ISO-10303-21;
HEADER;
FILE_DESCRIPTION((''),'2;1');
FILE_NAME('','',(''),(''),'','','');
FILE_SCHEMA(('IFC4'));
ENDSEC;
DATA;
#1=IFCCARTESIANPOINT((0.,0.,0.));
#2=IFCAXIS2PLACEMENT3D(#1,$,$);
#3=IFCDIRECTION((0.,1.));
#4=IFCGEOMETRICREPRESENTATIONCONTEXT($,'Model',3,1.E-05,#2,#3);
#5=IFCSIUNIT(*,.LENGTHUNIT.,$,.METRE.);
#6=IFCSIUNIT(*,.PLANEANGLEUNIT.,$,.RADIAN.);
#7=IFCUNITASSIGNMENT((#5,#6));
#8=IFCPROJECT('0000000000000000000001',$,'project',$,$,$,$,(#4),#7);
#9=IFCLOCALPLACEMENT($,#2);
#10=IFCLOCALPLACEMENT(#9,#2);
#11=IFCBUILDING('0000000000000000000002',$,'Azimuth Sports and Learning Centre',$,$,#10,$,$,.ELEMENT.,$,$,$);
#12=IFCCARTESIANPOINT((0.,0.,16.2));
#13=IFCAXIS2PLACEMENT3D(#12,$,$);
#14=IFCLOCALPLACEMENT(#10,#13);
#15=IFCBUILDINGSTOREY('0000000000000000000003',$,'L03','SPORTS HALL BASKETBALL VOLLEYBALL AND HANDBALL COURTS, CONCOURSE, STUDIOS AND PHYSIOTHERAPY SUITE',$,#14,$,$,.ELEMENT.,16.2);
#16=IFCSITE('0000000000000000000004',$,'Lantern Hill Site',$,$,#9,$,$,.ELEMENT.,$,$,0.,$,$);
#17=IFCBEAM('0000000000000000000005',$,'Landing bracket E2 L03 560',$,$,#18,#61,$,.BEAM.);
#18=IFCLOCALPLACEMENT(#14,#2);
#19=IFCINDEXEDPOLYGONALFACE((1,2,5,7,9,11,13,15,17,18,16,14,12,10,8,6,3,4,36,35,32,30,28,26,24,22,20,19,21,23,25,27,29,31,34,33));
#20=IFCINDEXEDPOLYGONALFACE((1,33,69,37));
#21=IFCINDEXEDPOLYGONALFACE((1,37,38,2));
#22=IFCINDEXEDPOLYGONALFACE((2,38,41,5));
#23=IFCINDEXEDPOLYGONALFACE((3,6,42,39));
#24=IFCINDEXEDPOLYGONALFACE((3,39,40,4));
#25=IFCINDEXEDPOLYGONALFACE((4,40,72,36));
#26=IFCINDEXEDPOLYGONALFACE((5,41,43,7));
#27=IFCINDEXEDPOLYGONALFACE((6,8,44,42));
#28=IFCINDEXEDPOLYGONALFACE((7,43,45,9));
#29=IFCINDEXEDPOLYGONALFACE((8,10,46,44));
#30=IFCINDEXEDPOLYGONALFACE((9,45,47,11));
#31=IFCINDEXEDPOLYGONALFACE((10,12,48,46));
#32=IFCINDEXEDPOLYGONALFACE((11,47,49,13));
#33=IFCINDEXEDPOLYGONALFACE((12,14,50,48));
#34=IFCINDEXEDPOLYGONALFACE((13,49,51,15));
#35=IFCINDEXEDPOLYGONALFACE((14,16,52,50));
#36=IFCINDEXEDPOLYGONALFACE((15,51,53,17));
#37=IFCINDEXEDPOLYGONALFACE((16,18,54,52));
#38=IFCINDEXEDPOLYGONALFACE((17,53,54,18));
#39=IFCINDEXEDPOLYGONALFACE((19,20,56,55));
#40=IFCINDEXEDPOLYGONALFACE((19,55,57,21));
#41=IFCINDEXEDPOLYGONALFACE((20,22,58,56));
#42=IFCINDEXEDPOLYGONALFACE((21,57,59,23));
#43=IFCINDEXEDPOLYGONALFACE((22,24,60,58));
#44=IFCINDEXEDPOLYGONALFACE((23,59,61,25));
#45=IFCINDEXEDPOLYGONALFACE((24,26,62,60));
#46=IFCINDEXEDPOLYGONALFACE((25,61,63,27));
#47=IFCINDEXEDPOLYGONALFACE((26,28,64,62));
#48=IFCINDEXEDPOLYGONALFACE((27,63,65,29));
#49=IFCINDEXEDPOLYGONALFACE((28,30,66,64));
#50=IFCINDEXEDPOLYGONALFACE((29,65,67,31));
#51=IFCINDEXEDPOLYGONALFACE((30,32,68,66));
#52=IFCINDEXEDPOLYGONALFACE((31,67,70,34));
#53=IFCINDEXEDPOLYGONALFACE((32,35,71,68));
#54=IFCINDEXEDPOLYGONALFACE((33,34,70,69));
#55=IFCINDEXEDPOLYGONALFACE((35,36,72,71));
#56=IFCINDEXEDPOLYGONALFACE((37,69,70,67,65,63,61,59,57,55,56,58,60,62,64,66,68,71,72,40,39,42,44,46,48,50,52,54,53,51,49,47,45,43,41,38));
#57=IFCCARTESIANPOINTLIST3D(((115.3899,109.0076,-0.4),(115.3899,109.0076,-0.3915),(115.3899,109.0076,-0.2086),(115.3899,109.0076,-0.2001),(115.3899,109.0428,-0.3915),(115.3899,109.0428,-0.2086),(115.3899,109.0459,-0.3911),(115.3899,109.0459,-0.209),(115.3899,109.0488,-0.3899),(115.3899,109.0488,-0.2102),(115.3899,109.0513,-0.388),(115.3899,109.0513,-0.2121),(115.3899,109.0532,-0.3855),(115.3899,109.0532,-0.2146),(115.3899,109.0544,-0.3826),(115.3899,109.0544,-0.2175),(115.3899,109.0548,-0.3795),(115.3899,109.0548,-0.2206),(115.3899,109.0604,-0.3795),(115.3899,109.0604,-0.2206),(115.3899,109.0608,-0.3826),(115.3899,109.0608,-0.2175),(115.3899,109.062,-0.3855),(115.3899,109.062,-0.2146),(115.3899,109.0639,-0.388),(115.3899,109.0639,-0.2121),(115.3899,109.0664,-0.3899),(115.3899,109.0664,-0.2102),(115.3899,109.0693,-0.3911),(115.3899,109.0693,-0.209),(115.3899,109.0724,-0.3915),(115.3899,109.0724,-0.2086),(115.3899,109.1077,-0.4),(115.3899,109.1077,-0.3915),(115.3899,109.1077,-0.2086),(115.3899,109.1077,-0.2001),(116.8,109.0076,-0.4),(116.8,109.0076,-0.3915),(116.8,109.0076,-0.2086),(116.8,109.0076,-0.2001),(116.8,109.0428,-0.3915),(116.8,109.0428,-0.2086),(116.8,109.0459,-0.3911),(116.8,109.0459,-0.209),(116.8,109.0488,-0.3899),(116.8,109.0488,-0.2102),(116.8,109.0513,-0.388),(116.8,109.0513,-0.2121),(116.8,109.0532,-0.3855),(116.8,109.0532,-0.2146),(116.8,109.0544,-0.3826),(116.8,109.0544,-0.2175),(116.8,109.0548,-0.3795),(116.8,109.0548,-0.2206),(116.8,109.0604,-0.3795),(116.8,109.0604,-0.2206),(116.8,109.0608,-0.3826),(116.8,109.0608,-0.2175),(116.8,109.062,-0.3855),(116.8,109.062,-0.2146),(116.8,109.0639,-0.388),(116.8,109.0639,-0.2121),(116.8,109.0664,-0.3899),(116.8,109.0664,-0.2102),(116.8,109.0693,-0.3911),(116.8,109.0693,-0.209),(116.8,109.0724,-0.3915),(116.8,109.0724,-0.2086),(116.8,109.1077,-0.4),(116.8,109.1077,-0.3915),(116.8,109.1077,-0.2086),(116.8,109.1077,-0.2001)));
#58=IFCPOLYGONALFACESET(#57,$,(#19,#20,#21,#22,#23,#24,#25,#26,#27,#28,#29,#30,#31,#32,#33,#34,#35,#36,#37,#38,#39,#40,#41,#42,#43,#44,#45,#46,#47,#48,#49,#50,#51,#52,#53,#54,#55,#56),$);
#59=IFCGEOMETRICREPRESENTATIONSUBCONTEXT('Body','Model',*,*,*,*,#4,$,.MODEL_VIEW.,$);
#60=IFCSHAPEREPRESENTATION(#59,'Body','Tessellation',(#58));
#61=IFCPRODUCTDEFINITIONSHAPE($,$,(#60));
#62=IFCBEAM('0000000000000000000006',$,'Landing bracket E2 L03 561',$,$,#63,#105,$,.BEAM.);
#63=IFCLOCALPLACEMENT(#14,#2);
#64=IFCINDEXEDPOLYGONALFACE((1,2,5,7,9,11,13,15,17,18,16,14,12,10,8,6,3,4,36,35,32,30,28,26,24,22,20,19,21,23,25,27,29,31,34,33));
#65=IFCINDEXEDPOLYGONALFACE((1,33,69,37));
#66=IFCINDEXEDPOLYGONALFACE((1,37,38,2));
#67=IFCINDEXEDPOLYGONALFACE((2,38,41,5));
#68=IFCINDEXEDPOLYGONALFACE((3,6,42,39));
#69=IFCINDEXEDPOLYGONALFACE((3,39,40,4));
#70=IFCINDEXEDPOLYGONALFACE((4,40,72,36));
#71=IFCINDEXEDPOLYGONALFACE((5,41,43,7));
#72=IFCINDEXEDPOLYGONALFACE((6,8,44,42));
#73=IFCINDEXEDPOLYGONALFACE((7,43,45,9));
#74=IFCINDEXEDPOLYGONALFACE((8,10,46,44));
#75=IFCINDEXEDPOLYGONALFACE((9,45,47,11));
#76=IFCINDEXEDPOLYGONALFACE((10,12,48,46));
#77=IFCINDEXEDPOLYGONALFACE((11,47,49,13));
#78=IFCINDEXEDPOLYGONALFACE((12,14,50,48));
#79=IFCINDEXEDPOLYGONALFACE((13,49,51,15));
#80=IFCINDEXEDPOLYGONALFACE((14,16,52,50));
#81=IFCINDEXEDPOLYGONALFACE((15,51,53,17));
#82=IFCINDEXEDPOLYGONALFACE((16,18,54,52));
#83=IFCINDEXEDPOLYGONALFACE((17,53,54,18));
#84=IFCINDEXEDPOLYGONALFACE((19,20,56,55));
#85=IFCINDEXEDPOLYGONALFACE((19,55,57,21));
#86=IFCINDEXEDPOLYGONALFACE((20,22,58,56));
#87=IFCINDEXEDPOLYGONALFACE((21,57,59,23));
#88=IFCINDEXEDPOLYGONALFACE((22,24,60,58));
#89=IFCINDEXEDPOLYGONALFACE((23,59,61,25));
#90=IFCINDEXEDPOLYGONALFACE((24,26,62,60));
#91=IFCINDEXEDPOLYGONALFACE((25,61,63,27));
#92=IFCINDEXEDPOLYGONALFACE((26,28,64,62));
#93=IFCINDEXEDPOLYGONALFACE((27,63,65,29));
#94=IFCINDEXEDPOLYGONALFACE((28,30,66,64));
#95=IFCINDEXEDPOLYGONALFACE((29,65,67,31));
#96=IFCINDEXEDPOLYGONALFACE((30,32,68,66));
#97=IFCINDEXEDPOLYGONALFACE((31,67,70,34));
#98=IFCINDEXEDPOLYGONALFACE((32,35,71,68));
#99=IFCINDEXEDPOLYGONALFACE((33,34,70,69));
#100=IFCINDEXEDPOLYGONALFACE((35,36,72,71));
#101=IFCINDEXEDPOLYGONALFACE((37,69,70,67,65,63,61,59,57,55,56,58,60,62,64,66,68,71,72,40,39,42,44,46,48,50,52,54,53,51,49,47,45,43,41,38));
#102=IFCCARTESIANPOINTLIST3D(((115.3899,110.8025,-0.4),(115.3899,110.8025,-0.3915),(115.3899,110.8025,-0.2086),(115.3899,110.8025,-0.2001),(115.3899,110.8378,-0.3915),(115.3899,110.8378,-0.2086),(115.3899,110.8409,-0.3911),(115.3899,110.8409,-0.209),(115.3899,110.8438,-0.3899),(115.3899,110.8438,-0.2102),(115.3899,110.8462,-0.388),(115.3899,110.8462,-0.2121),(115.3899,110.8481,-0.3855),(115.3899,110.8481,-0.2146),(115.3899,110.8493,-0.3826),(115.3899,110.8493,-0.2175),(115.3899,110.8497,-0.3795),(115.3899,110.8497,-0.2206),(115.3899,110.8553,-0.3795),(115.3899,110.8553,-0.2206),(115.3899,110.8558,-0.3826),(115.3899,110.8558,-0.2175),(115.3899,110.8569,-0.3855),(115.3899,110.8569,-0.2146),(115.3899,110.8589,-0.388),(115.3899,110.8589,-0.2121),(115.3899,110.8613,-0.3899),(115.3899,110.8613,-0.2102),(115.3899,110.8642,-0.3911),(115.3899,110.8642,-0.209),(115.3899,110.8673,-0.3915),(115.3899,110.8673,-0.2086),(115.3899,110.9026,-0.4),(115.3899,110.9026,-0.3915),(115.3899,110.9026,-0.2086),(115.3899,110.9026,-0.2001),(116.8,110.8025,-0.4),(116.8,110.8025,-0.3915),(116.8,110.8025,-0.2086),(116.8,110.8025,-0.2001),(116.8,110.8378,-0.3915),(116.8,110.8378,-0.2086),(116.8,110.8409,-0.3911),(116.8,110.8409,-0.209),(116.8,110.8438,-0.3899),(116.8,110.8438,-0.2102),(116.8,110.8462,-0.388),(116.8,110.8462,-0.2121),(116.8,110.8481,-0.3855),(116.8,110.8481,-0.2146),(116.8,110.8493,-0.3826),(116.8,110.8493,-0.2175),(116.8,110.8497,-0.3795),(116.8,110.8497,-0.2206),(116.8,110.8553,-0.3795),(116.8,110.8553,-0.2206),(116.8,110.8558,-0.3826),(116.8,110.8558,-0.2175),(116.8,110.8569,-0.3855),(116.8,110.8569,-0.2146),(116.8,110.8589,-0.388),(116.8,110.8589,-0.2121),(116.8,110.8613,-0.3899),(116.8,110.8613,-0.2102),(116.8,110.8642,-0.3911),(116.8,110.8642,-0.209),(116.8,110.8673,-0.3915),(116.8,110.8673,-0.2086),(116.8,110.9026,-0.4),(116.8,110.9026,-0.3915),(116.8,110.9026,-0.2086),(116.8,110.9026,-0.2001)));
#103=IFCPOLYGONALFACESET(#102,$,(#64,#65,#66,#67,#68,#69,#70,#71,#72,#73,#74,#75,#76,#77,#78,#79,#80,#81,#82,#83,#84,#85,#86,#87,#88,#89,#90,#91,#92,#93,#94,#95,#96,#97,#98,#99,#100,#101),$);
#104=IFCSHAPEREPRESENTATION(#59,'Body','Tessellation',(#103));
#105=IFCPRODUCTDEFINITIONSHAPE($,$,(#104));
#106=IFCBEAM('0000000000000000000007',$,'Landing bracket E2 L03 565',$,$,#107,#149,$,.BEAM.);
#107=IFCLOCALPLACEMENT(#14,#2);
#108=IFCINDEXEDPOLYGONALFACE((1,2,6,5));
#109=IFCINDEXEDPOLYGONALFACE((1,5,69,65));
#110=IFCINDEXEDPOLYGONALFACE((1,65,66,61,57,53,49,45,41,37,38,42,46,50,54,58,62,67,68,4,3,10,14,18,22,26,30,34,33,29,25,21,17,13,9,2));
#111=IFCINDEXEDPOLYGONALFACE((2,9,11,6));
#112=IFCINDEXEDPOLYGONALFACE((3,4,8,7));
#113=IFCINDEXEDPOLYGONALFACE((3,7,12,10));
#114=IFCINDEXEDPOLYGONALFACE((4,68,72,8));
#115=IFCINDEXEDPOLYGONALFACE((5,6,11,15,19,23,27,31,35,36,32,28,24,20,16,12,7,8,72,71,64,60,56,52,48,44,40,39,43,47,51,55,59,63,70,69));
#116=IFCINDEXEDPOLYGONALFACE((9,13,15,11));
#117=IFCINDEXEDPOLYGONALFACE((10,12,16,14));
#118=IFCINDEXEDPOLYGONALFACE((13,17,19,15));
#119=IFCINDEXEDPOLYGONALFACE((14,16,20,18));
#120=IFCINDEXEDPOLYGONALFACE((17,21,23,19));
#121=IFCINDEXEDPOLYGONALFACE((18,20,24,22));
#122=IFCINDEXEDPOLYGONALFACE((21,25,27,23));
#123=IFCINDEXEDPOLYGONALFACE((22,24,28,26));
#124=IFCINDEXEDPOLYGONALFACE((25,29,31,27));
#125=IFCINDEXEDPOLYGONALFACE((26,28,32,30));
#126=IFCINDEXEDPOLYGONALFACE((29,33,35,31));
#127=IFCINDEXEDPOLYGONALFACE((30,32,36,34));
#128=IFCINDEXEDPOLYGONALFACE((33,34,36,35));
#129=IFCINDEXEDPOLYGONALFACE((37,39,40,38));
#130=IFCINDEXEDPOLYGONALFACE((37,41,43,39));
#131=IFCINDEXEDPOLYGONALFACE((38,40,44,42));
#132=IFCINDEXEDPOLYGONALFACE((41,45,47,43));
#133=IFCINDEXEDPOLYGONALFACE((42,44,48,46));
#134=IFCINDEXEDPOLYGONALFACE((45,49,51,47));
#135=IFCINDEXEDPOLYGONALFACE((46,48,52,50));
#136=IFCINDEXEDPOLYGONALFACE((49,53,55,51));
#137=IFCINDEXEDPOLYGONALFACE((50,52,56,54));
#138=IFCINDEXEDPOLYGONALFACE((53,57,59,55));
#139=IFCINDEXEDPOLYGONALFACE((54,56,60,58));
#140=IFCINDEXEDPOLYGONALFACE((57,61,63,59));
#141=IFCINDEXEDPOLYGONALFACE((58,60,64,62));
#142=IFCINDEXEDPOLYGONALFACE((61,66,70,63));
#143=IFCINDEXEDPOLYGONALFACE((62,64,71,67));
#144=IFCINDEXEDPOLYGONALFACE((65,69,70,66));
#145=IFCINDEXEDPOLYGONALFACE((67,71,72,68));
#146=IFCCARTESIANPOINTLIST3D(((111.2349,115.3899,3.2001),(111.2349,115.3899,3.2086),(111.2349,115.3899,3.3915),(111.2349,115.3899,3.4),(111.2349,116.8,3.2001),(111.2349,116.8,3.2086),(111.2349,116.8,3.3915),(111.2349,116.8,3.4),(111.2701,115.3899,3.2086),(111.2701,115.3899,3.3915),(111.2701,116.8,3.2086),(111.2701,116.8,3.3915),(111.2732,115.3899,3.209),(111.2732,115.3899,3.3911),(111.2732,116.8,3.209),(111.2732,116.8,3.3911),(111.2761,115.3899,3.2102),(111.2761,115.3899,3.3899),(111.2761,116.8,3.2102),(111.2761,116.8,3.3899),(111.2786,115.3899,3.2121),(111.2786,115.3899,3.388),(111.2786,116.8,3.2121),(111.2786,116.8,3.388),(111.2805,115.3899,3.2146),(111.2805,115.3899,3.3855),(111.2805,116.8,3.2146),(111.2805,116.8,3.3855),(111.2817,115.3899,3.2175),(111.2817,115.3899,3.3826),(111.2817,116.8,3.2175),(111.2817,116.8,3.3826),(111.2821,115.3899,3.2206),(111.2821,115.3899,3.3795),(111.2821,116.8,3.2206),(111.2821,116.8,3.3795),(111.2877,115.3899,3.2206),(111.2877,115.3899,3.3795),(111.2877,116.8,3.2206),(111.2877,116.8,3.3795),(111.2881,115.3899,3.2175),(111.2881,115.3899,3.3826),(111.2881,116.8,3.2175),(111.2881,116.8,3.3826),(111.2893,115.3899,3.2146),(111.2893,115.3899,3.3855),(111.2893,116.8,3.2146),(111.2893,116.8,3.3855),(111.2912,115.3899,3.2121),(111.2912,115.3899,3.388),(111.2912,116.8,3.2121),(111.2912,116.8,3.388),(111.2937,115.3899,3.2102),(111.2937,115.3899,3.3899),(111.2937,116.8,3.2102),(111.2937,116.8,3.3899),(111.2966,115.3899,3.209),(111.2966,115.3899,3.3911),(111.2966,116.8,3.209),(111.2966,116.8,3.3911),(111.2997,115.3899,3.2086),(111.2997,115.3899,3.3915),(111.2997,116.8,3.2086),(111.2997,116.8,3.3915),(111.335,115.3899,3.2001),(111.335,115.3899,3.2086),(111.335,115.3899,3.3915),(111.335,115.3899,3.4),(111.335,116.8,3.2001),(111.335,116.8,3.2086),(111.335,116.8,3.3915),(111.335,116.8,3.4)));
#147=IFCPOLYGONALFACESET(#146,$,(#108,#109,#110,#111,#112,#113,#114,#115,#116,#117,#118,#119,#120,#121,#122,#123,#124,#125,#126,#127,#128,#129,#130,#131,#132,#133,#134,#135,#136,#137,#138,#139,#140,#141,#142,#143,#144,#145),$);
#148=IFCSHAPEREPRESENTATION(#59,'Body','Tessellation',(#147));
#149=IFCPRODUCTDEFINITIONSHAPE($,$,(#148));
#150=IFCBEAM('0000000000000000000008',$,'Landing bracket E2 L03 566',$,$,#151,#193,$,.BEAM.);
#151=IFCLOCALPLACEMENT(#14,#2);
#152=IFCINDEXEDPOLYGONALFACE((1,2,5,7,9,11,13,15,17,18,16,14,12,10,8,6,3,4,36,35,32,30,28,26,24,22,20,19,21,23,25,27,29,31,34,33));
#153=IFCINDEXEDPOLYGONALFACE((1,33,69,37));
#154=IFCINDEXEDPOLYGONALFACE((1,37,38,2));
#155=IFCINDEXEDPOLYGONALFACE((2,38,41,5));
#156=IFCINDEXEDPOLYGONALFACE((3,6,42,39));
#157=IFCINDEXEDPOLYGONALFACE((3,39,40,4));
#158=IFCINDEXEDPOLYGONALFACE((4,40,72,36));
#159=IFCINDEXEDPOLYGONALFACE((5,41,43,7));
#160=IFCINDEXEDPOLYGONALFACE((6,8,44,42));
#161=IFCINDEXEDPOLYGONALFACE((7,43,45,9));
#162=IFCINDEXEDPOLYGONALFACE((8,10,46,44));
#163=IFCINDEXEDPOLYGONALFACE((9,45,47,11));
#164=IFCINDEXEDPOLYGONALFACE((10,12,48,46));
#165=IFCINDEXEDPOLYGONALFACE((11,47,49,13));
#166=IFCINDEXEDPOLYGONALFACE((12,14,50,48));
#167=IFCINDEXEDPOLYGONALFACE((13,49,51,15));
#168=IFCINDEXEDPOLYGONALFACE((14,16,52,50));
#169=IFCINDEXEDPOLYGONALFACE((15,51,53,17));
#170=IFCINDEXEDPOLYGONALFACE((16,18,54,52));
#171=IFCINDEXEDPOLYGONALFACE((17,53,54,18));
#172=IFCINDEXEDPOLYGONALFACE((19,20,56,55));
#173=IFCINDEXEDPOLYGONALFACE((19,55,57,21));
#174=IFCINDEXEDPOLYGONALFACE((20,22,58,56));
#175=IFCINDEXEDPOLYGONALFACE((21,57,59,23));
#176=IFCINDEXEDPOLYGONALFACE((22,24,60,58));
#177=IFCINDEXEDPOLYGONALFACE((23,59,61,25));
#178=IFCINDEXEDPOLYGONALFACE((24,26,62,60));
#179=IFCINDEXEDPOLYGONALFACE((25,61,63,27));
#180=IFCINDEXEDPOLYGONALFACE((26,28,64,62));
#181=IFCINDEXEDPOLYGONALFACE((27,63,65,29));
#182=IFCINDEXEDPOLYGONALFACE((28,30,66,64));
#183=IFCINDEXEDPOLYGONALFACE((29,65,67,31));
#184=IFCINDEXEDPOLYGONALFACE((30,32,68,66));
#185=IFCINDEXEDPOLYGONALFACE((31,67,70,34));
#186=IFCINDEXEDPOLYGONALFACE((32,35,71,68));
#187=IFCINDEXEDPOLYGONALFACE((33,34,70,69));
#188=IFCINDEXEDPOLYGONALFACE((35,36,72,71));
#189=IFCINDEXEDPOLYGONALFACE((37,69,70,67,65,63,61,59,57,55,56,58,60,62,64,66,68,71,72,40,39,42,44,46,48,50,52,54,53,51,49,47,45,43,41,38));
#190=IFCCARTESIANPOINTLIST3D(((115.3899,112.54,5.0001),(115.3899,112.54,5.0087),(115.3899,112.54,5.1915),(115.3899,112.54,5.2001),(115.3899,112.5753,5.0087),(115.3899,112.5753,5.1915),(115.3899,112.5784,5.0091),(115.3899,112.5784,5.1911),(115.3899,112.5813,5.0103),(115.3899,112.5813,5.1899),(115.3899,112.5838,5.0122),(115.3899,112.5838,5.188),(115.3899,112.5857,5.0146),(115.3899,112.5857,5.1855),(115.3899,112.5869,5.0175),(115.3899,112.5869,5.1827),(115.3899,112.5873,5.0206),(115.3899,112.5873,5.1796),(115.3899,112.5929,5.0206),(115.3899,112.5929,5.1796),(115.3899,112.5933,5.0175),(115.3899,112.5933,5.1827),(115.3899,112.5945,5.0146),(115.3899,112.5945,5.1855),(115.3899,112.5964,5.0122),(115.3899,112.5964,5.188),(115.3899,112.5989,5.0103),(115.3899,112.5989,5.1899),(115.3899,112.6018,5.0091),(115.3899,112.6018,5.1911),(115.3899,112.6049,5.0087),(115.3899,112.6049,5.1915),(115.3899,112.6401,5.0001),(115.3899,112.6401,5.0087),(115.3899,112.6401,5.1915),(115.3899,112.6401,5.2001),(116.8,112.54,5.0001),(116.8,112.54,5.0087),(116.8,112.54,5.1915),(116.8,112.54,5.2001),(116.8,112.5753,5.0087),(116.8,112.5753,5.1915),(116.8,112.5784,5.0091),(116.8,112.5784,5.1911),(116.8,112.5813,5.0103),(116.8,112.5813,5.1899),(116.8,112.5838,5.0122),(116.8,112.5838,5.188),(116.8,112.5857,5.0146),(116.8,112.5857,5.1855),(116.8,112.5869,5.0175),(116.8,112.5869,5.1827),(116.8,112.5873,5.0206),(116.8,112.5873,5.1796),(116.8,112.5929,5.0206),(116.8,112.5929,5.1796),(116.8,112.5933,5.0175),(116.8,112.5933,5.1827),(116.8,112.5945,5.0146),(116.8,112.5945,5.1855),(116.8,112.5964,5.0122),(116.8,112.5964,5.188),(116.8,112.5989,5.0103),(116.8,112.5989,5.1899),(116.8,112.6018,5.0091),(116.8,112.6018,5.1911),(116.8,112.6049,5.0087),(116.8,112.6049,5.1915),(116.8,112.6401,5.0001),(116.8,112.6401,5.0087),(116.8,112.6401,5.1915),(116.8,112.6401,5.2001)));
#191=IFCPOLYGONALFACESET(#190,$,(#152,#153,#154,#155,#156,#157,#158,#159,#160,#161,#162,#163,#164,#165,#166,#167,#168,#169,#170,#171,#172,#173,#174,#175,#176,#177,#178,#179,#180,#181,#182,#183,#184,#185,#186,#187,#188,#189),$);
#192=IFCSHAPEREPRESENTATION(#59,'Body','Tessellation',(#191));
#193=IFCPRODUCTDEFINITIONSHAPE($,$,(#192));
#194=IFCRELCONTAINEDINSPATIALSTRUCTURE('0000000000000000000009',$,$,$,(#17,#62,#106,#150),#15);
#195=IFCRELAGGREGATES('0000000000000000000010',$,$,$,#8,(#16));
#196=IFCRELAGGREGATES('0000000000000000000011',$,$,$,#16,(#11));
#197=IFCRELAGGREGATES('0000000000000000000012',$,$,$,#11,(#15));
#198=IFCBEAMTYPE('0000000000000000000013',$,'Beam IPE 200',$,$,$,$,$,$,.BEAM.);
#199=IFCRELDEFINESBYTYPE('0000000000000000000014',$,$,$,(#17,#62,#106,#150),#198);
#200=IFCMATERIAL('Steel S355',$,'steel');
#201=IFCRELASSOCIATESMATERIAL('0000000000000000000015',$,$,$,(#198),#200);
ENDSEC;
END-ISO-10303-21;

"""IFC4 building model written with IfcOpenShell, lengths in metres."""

from ifc_helpers import new_model, si_unit, direction, frame, origin, origin_2d, place, context, subcontext, project, spatial, i_section, extrude, material, material_profile, profile_set, type_object, element, save


model = new_model("IFC4")

# Units and contexts
model_context = context("Model", 3, precision=1e-05, world=origin(), true_north=direction((0.0, 1.0)))
body_context = subcontext(model_context, "Body", "Model", "MODEL_VIEW")
ifc_project = project(units=[si_unit("LENGTHUNIT", "METRE"), si_unit("PLANEANGLEUNIT", "RADIAN")], contexts=[model_context])

# Site, building, storey
site_placement = place(None, origin())
site = spatial("IfcSite", under=ifc_project, at=site_placement, Name="Lantern Hill Site", CompositionType="ELEMENT", RefElevation=0.0)
building_placement = place(site_placement, origin())
building = spatial("IfcBuilding", under=site, at=building_placement, Name="Azimuth Sports and Learning Centre", CompositionType="ELEMENT")
storey_placement = place(building_placement, frame((0.0, 0.0, 16.2)))
storey = spatial("IfcBuildingStorey", under=building, at=storey_placement, Name="L03", Description="SPORTS HALL BASKETBALL VOLLEYBALL AND HANDBALL COURTS, CONCOURSE, STUDIOS AND PHYSIOTHERAPY SUITE", CompositionType="ELEMENT", Elevation=16.2)

# Beams
ifc_material_1 = material(Name="Steel S355", Category="steel")
ifc_material_profile_1 = material_profile(ifc_material_1, i_section(OverallWidth=0.1001, OverallDepth=0.2, WebThickness=0.0056, FlangeThickness=0.0085, FilletRadius=0.012, at=origin_2d()), Name="IPE 200")
ifc_profile_set_1 = profile_set([ifc_material_profile_1], Name="Steel S355")
beam_type_1 = type_object("IfcBeamType", Name="Beam IPE 200", PredefinedType="BEAM", material=ifc_profile_set_1)
for number, where, z_axis, x_axis, name in (
    (1, (116.8, 109.0576, -0.3), (-1.0, 0.0, 0.0), (0.0, -1.0, 0.0), "Landing bracket E2 L03 560"),
    (2, (116.8, 110.8525, -0.3), (-1.0, 0.0, 0.0), (0.0, -1.0, 0.0), "Landing bracket E2 L03 561"),
    (3, (111.2849, 116.8, 3.3), (0.0, -1.0, 0.0), (1.0, 0.0, 0.0), "Landing bracket E2 L03 565"),
    (4, (116.8, 112.5901, 5.1001), (-1.0, 0.0, 0.0), (0.0, -1.0, 0.0), "Landing bracket E2 L03 566"),
):
    element("IfcBeam", number, at=place(storey_placement, frame(where, z_axis=z_axis, x_axis=x_axis)), inside=storey, type_object=beam_type_1, Name=name, PredefinedType="BEAM", context=body_context, shape_type="SweptSolid", body=[
        extrude(i_section(OverallWidth=0.1001, OverallDepth=0.2, WebThickness=0.0056, FlangeThickness=0.0085, FilletRadius=0.012, at=origin_2d()), origin(), (0.0, 0.0, 1.0), 1.4102),
    ])

save(model, "model.ifc")
